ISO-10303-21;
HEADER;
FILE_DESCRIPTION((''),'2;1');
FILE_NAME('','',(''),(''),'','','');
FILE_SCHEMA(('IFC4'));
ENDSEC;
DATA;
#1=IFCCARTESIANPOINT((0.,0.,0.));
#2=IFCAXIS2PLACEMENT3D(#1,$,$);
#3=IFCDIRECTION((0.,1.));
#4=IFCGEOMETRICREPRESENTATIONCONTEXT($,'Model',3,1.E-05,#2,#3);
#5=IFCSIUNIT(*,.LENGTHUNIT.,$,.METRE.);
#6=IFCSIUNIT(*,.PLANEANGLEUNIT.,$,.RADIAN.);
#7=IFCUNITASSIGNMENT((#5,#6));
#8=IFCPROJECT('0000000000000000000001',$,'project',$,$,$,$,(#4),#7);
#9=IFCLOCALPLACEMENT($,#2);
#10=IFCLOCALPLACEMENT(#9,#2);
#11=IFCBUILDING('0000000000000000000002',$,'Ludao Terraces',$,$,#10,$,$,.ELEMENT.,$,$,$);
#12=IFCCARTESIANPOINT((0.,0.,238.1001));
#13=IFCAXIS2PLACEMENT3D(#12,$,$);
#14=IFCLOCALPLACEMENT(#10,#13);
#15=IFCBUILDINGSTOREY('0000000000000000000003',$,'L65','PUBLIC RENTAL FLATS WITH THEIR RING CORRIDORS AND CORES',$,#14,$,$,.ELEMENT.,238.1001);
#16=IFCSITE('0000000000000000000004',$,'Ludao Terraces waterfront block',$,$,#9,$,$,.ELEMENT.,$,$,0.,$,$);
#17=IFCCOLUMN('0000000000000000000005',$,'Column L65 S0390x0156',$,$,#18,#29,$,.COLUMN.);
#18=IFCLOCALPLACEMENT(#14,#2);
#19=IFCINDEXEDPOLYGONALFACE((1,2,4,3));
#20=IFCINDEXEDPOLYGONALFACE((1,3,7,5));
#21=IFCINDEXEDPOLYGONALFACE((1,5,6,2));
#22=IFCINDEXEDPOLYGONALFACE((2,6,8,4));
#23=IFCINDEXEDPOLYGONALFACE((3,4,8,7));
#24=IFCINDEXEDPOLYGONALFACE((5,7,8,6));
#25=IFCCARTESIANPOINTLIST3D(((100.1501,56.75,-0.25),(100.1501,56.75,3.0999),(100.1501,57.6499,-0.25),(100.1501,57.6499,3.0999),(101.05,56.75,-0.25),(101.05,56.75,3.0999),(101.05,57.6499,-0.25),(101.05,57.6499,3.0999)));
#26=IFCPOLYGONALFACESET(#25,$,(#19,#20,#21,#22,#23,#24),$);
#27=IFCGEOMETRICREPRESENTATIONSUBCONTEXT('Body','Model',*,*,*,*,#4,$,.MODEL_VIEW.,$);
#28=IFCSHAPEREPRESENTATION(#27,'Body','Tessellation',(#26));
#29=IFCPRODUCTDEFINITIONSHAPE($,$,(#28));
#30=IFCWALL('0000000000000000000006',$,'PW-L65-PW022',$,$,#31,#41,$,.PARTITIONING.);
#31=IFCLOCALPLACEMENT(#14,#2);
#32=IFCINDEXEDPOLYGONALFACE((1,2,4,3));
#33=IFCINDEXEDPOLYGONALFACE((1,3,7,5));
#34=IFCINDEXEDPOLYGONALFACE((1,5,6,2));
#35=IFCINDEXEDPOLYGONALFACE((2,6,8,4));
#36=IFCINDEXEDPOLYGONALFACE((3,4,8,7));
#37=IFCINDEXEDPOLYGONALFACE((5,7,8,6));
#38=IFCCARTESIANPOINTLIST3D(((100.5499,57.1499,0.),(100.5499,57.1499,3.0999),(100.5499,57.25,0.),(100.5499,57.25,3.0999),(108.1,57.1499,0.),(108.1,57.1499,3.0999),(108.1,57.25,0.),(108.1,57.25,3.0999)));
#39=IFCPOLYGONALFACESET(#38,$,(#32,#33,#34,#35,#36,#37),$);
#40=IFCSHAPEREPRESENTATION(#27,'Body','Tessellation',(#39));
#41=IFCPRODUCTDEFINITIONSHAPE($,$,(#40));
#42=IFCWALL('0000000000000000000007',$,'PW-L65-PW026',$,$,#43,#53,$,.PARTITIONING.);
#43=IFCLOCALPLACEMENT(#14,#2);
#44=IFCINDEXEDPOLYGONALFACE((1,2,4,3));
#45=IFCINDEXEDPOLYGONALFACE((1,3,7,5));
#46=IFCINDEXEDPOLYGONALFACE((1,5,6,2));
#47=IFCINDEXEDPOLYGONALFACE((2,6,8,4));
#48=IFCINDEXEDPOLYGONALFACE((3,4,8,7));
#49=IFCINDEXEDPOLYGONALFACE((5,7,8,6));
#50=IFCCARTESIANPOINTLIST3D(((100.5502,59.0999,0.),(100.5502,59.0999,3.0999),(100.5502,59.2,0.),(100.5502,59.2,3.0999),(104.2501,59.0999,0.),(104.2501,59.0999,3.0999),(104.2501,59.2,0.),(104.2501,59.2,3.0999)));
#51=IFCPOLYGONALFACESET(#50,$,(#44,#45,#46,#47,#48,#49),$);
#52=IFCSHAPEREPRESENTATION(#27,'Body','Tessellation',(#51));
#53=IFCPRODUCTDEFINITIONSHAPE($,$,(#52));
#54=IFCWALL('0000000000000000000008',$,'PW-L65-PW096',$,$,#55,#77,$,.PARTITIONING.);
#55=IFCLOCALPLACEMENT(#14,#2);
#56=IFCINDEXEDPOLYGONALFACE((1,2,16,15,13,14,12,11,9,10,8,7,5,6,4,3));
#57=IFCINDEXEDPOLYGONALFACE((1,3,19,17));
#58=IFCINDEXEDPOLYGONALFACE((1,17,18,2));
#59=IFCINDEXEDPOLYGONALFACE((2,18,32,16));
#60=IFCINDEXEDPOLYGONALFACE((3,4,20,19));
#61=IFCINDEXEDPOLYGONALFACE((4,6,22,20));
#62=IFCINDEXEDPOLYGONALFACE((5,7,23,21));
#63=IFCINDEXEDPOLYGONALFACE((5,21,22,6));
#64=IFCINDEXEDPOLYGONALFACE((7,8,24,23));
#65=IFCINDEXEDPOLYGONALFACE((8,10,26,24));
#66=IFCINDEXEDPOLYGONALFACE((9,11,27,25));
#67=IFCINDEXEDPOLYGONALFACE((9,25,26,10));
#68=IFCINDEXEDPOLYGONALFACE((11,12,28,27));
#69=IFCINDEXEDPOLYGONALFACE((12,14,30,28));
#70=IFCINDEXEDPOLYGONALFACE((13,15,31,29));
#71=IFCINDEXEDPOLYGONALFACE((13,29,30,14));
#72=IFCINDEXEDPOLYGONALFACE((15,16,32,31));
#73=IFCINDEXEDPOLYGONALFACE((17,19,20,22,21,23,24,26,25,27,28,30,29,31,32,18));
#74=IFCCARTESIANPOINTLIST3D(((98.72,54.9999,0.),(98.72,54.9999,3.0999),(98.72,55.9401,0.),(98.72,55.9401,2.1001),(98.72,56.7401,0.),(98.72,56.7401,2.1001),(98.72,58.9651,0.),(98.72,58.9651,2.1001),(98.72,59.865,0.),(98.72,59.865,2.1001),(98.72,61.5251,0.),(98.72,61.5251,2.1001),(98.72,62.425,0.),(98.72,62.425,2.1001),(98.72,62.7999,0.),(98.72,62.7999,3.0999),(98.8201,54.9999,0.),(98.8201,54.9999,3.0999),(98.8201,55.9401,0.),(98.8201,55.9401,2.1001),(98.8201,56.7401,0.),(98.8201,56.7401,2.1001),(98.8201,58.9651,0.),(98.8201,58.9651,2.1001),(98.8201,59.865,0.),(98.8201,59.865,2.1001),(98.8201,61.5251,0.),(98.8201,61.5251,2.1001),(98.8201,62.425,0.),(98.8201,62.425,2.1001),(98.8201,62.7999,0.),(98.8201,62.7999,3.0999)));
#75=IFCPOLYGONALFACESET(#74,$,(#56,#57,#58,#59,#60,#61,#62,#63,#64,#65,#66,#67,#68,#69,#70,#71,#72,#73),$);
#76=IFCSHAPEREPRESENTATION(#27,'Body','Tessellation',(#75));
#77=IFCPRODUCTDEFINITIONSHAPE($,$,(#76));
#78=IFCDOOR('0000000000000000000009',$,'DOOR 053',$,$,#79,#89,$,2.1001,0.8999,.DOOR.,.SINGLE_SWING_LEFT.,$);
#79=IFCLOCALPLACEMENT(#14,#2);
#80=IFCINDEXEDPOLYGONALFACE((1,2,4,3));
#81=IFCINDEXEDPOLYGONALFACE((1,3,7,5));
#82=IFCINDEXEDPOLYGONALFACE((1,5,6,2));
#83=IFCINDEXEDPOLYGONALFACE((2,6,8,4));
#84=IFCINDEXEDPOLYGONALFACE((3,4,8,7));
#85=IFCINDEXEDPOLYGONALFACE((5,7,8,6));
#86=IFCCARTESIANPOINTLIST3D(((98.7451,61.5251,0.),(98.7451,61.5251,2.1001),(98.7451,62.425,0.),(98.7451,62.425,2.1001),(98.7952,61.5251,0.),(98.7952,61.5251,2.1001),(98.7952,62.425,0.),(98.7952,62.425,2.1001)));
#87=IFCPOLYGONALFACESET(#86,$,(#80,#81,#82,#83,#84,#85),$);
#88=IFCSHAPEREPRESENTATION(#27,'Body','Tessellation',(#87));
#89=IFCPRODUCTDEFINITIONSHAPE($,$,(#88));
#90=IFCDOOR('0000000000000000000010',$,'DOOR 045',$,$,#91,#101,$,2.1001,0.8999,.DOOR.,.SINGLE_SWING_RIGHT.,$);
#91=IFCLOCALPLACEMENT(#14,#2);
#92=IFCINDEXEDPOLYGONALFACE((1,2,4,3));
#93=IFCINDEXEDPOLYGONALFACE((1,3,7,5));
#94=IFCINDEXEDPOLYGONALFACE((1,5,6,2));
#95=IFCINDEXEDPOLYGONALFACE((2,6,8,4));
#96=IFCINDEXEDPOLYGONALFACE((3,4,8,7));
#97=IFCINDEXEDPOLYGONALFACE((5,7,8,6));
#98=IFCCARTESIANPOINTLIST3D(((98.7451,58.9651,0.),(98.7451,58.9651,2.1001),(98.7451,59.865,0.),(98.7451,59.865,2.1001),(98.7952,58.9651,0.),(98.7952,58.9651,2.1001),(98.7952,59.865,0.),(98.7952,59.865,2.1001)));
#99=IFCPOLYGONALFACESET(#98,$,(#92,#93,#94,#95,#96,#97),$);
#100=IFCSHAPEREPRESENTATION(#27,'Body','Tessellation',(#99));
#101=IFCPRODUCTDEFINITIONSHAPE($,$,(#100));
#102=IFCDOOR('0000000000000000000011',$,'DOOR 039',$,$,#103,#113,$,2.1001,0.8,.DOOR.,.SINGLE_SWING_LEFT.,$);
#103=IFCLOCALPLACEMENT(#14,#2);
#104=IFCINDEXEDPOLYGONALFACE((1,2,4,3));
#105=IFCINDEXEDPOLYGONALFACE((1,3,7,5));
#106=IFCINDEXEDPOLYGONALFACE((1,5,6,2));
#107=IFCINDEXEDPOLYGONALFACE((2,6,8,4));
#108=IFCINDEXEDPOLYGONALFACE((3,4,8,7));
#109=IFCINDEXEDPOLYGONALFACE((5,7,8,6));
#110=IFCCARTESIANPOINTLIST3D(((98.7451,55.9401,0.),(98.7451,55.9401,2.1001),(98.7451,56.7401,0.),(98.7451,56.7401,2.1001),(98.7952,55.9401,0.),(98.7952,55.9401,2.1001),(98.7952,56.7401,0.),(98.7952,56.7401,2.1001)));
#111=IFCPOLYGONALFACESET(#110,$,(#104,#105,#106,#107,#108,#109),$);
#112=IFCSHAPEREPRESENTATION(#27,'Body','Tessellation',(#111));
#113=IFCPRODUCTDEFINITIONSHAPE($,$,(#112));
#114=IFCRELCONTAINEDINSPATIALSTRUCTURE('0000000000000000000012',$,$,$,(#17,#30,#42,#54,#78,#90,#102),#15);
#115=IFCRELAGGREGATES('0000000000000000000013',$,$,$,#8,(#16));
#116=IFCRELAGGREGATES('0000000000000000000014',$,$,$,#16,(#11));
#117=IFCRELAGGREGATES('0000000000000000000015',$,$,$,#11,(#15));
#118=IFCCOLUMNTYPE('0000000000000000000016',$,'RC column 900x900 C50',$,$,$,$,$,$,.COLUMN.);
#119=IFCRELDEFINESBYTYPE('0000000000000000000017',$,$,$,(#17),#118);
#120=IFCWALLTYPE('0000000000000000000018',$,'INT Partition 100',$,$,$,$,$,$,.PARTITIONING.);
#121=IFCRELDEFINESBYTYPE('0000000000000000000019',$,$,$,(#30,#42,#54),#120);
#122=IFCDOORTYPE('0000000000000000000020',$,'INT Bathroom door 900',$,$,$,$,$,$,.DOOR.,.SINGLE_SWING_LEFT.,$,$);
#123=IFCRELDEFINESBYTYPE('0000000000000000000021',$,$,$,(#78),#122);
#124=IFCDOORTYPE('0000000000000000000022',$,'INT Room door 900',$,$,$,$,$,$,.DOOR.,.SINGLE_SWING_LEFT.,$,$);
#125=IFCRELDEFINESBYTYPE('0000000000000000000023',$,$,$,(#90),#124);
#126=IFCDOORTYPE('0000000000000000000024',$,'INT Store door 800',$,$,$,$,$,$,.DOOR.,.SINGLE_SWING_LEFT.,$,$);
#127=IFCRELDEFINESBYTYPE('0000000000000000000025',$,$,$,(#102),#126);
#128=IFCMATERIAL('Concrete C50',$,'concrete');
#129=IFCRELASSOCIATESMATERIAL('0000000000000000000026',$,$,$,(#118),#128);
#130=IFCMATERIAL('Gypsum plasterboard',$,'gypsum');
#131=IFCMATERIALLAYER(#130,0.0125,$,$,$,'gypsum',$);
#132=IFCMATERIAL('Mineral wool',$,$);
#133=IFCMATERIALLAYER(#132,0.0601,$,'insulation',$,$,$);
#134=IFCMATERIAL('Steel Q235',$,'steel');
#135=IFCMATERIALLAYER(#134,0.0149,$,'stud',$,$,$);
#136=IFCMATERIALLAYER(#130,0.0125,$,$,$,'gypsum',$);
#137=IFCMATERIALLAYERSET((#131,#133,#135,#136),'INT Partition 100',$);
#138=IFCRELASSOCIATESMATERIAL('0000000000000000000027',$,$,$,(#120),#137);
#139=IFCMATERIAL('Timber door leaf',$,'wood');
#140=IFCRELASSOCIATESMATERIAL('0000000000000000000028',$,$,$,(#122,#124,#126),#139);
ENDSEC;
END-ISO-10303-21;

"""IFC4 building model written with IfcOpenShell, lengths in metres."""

from ifc_helpers import new_model, si_unit, direction, frame, frame_2d, origin, origin_2d, place, context, subcontext, project, spatial, rectangle, extrude, material, layer, layer_set, material_profile, profile_set, type_object, element, fill, save


model = new_model("IFC4")

# Units and contexts
model_context = context("Model", 3, precision=1e-05, world=origin(), true_north=direction((0.0, 1.0)))
body_context = subcontext(model_context, "Body", "Model", "MODEL_VIEW")
ifc_project = project(units=[si_unit("LENGTHUNIT", "METRE"), si_unit("PLANEANGLEUNIT", "RADIAN")], contexts=[model_context])

# Site, building, storey
site_placement = place(None, origin())
site = spatial("IfcSite", under=ifc_project, at=site_placement, Name="Ludao Terraces waterfront block", CompositionType="ELEMENT", RefElevation=0.0)
building_placement = place(site_placement, origin())
building = spatial("IfcBuilding", under=site, at=building_placement, Name="Ludao Terraces", CompositionType="ELEMENT")
storey_placement = place(building_placement, frame((0.0, 0.0, 238.1001)))
storey = spatial("IfcBuildingStorey", under=building, at=storey_placement, Name="L65", Description="PUBLIC RENTAL FLATS WITH THEIR RING CORRIDORS AND CORES", CompositionType="ELEMENT", Elevation=238.1001)

# Column
ifc_material_1 = material(Name="Concrete C50", Category="concrete")
ifc_material_profile = material_profile(ifc_material_1, rectangle(XDim=0.8999, YDim=0.8999, at=origin_2d()), Name="900 X 900")
ifc_profile_set = profile_set([ifc_material_profile], Name="Concrete C50")
column_type = type_object("IfcColumnType", Name="RC column 900x900 C50", PredefinedType="COLUMN", material=ifc_profile_set)
column_placement = place(storey_placement, frame((100.6001, 57.2, -0.25), z_axis=(0.0, 0.0, 1.0), x_axis=(1.0, 0.0, 0.0)))
element("IfcColumn", 1, at=column_placement, inside=storey, type_object=column_type, Name="Column L65 S0390x0156", PredefinedType="COLUMN", context=body_context, shape_type="SweptSolid", body=[
    extrude(rectangle(XDim=0.8999, YDim=0.8999, at=origin_2d()), origin(), (0.0, 0.0, 1.0), 3.3499),
])

# Walls
ifc_material_2 = material(Name="Gypsum plasterboard", Category="gypsum")
ifc_layer_1 = layer(ifc_material_2, 0.0125, Category="gypsum")
ifc_material_3 = material(Name="Mineral wool")
ifc_layer_2 = layer(ifc_material_3, 0.0601, Name="insulation")
ifc_material_4 = material(Name="Steel Q235", Category="steel")
ifc_layer_3 = layer(ifc_material_4, 0.0149, Name="stud")
ifc_layer_4 = layer(ifc_material_2, 0.0125, Category="gypsum")
ifc_layer_set = layer_set([ifc_layer_1, ifc_layer_2, ifc_layer_3, ifc_layer_4], Name="INT Partition 100")
wall_type = type_object("IfcWallType", Name="INT Partition 100", PredefinedType="PARTITIONING", material=ifc_layer_set)
wall_1_placement = place(storey_placement, frame((100.55, 57.2, 0.0), z_axis=(0.0, 0.0, 1.0), x_axis=(1.0, 0.0, 0.0)))
element("IfcWall", 2, at=wall_1_placement, inside=storey, type_object=wall_type, Name="PW-L65-PW022", PredefinedType="PARTITIONING", context=body_context, shape_type="SweptSolid", body=[
    extrude(rectangle(XDim=7.55, YDim=0.1001, at=frame_2d((3.7749, 0.0))), origin(), (0.0, 0.0, 1.0), 3.0999),
])
wall_2_placement = place(storey_placement, frame((100.55, 59.1499, 0.0), z_axis=(0.0, 0.0, 1.0), x_axis=(1.0, 0.0, 0.0)))
element("IfcWall", 3, at=wall_2_placement, inside=storey, type_object=wall_type, Name="PW-L65-PW026", PredefinedType="PARTITIONING", context=body_context, shape_type="SweptSolid", body=[
    extrude(rectangle(XDim=3.7, YDim=0.1001, at=frame_2d((1.8501, 0.0))), origin(), (0.0, 0.0, 1.0), 3.0999),
])

# Wall, openings, doors
wall_3_placement = place(storey_placement, frame((98.77, 55.0, 0.0), z_axis=(0.0, 0.0, 1.0), x_axis=(0.0, 1.0, 0.0)))
wall_3 = element("IfcWall", 4, at=wall_3_placement, inside=storey, type_object=wall_type, Name="PW-L65-PW096", PredefinedType="PARTITIONING", context=body_context, shape_type="SweptSolid", body=[
    extrude(rectangle(XDim=7.8, YDim=0.1001, at=frame_2d((3.8999, 0.0))), origin(), (0.0, 0.0, 1.0), 3.0999),
])
opening_1_placement = place(wall_3_placement, frame((0.9402, 0.0, 0.0)))
opening_1 = element("IfcOpeningElement", 5, at=opening_1_placement, cuts=wall_3, PredefinedType="OPENING", context=body_context, shape_type="SweptSolid", body=[
    extrude(rectangle(XDim=0.8, YDim=2.1001, at=frame_2d((0.3999, 1.05))), frame((0.0, 0.0601, 0.0), z_axis=(0.0, -1.0, 0.0), x_axis=(1.0, 0.0, 0.0)), (0.0, 0.0, 1.0), 0.1201),
])
opening_2_placement = place(wall_3_placement, frame((3.9651, 0.0, 0.0)))
opening_2 = element("IfcOpeningElement", 6, at=opening_2_placement, cuts=wall_3, PredefinedType="OPENING", context=body_context, shape_type="SweptSolid", body=[
    extrude(rectangle(XDim=0.8999, YDim=2.1001, at=frame_2d((0.45, 1.05))), frame((0.0, 0.0601, 0.0), z_axis=(0.0, -1.0, 0.0), x_axis=(1.0, 0.0, 0.0)), (0.0, 0.0, 1.0), 0.1201),
])
opening_3_placement = place(wall_3_placement, frame((6.5251, 0.0, 0.0)))
opening_3 = element("IfcOpeningElement", 7, at=opening_3_placement, cuts=wall_3, PredefinedType="OPENING", context=body_context, shape_type="SweptSolid", body=[
    extrude(rectangle(XDim=0.8999, YDim=2.1001, at=frame_2d((0.45, 1.05))), frame((0.0, 0.0601, 0.0), z_axis=(0.0, -1.0, 0.0), x_axis=(1.0, 0.0, 0.0)), (0.0, 0.0, 1.0), 0.1201),
])
ifc_material_5 = material(Name="Timber door leaf", Category="wood")
door_type_1 = type_object("IfcDoorType", Name="INT Bathroom door 900", OperationType="SINGLE_SWING_LEFT", PredefinedType="DOOR", material=ifc_material_5)
door_1_placement = place(opening_3_placement, origin())
door_1 = element("IfcDoor", 8, at=door_1_placement, inside=storey, type_object=door_type_1, Name="DOOR 053", OperationType="SINGLE_SWING_LEFT", OverallHeight=2.1001, OverallWidth=0.8999, PredefinedType="DOOR", context=body_context, shape_type="SweptSolid", body=[
    extrude(rectangle(XDim=0.8999, YDim=2.1001, at=frame_2d((0.45, 1.05))), frame((0.0, 0.0249, 0.0), z_axis=(0.0, -1.0, 0.0), x_axis=(1.0, 0.0, 0.0)), (0.0, 0.0, 1.0), 0.05),
])
fill(opening_3, door_1)
door_type_2 = type_object("IfcDoorType", Name="INT Room door 900", OperationType="SINGLE_SWING_LEFT", PredefinedType="DOOR", material=ifc_material_5)
door_2_placement = place(opening_2_placement, origin())
door_2 = element("IfcDoor", 9, at=door_2_placement, inside=storey, type_object=door_type_2, Name="DOOR 045", OperationType="SINGLE_SWING_RIGHT", OverallHeight=2.1001, OverallWidth=0.8999, PredefinedType="DOOR", context=body_context, shape_type="SweptSolid", body=[
    extrude(rectangle(XDim=0.8999, YDim=2.1001, at=frame_2d((0.45, 1.05))), frame((0.0, 0.0249, 0.0), z_axis=(0.0, -1.0, 0.0), x_axis=(1.0, 0.0, 0.0)), (0.0, 0.0, 1.0), 0.05),
])
fill(opening_2, door_2)
door_type_3 = type_object("IfcDoorType", Name="INT Store door 800", OperationType="SINGLE_SWING_LEFT", PredefinedType="DOOR", material=ifc_material_5)
door_3_placement = place(opening_1_placement, origin())
door_3 = element("IfcDoor", 10, at=door_3_placement, inside=storey, type_object=door_type_3, Name="DOOR 039", OperationType="SINGLE_SWING_LEFT", OverallHeight=2.1001, OverallWidth=0.8, PredefinedType="DOOR", context=body_context, shape_type="SweptSolid", body=[
    extrude(rectangle(XDim=0.8, YDim=2.1001, at=frame_2d((0.3999, 1.05))), frame((0.0, 0.0249, 0.0), z_axis=(0.0, -1.0, 0.0), x_axis=(1.0, 0.0, 0.0)), (0.0, 0.0, 1.0), 0.05),
])
fill(opening_1, door_3)

save(model, "model.ifc")
